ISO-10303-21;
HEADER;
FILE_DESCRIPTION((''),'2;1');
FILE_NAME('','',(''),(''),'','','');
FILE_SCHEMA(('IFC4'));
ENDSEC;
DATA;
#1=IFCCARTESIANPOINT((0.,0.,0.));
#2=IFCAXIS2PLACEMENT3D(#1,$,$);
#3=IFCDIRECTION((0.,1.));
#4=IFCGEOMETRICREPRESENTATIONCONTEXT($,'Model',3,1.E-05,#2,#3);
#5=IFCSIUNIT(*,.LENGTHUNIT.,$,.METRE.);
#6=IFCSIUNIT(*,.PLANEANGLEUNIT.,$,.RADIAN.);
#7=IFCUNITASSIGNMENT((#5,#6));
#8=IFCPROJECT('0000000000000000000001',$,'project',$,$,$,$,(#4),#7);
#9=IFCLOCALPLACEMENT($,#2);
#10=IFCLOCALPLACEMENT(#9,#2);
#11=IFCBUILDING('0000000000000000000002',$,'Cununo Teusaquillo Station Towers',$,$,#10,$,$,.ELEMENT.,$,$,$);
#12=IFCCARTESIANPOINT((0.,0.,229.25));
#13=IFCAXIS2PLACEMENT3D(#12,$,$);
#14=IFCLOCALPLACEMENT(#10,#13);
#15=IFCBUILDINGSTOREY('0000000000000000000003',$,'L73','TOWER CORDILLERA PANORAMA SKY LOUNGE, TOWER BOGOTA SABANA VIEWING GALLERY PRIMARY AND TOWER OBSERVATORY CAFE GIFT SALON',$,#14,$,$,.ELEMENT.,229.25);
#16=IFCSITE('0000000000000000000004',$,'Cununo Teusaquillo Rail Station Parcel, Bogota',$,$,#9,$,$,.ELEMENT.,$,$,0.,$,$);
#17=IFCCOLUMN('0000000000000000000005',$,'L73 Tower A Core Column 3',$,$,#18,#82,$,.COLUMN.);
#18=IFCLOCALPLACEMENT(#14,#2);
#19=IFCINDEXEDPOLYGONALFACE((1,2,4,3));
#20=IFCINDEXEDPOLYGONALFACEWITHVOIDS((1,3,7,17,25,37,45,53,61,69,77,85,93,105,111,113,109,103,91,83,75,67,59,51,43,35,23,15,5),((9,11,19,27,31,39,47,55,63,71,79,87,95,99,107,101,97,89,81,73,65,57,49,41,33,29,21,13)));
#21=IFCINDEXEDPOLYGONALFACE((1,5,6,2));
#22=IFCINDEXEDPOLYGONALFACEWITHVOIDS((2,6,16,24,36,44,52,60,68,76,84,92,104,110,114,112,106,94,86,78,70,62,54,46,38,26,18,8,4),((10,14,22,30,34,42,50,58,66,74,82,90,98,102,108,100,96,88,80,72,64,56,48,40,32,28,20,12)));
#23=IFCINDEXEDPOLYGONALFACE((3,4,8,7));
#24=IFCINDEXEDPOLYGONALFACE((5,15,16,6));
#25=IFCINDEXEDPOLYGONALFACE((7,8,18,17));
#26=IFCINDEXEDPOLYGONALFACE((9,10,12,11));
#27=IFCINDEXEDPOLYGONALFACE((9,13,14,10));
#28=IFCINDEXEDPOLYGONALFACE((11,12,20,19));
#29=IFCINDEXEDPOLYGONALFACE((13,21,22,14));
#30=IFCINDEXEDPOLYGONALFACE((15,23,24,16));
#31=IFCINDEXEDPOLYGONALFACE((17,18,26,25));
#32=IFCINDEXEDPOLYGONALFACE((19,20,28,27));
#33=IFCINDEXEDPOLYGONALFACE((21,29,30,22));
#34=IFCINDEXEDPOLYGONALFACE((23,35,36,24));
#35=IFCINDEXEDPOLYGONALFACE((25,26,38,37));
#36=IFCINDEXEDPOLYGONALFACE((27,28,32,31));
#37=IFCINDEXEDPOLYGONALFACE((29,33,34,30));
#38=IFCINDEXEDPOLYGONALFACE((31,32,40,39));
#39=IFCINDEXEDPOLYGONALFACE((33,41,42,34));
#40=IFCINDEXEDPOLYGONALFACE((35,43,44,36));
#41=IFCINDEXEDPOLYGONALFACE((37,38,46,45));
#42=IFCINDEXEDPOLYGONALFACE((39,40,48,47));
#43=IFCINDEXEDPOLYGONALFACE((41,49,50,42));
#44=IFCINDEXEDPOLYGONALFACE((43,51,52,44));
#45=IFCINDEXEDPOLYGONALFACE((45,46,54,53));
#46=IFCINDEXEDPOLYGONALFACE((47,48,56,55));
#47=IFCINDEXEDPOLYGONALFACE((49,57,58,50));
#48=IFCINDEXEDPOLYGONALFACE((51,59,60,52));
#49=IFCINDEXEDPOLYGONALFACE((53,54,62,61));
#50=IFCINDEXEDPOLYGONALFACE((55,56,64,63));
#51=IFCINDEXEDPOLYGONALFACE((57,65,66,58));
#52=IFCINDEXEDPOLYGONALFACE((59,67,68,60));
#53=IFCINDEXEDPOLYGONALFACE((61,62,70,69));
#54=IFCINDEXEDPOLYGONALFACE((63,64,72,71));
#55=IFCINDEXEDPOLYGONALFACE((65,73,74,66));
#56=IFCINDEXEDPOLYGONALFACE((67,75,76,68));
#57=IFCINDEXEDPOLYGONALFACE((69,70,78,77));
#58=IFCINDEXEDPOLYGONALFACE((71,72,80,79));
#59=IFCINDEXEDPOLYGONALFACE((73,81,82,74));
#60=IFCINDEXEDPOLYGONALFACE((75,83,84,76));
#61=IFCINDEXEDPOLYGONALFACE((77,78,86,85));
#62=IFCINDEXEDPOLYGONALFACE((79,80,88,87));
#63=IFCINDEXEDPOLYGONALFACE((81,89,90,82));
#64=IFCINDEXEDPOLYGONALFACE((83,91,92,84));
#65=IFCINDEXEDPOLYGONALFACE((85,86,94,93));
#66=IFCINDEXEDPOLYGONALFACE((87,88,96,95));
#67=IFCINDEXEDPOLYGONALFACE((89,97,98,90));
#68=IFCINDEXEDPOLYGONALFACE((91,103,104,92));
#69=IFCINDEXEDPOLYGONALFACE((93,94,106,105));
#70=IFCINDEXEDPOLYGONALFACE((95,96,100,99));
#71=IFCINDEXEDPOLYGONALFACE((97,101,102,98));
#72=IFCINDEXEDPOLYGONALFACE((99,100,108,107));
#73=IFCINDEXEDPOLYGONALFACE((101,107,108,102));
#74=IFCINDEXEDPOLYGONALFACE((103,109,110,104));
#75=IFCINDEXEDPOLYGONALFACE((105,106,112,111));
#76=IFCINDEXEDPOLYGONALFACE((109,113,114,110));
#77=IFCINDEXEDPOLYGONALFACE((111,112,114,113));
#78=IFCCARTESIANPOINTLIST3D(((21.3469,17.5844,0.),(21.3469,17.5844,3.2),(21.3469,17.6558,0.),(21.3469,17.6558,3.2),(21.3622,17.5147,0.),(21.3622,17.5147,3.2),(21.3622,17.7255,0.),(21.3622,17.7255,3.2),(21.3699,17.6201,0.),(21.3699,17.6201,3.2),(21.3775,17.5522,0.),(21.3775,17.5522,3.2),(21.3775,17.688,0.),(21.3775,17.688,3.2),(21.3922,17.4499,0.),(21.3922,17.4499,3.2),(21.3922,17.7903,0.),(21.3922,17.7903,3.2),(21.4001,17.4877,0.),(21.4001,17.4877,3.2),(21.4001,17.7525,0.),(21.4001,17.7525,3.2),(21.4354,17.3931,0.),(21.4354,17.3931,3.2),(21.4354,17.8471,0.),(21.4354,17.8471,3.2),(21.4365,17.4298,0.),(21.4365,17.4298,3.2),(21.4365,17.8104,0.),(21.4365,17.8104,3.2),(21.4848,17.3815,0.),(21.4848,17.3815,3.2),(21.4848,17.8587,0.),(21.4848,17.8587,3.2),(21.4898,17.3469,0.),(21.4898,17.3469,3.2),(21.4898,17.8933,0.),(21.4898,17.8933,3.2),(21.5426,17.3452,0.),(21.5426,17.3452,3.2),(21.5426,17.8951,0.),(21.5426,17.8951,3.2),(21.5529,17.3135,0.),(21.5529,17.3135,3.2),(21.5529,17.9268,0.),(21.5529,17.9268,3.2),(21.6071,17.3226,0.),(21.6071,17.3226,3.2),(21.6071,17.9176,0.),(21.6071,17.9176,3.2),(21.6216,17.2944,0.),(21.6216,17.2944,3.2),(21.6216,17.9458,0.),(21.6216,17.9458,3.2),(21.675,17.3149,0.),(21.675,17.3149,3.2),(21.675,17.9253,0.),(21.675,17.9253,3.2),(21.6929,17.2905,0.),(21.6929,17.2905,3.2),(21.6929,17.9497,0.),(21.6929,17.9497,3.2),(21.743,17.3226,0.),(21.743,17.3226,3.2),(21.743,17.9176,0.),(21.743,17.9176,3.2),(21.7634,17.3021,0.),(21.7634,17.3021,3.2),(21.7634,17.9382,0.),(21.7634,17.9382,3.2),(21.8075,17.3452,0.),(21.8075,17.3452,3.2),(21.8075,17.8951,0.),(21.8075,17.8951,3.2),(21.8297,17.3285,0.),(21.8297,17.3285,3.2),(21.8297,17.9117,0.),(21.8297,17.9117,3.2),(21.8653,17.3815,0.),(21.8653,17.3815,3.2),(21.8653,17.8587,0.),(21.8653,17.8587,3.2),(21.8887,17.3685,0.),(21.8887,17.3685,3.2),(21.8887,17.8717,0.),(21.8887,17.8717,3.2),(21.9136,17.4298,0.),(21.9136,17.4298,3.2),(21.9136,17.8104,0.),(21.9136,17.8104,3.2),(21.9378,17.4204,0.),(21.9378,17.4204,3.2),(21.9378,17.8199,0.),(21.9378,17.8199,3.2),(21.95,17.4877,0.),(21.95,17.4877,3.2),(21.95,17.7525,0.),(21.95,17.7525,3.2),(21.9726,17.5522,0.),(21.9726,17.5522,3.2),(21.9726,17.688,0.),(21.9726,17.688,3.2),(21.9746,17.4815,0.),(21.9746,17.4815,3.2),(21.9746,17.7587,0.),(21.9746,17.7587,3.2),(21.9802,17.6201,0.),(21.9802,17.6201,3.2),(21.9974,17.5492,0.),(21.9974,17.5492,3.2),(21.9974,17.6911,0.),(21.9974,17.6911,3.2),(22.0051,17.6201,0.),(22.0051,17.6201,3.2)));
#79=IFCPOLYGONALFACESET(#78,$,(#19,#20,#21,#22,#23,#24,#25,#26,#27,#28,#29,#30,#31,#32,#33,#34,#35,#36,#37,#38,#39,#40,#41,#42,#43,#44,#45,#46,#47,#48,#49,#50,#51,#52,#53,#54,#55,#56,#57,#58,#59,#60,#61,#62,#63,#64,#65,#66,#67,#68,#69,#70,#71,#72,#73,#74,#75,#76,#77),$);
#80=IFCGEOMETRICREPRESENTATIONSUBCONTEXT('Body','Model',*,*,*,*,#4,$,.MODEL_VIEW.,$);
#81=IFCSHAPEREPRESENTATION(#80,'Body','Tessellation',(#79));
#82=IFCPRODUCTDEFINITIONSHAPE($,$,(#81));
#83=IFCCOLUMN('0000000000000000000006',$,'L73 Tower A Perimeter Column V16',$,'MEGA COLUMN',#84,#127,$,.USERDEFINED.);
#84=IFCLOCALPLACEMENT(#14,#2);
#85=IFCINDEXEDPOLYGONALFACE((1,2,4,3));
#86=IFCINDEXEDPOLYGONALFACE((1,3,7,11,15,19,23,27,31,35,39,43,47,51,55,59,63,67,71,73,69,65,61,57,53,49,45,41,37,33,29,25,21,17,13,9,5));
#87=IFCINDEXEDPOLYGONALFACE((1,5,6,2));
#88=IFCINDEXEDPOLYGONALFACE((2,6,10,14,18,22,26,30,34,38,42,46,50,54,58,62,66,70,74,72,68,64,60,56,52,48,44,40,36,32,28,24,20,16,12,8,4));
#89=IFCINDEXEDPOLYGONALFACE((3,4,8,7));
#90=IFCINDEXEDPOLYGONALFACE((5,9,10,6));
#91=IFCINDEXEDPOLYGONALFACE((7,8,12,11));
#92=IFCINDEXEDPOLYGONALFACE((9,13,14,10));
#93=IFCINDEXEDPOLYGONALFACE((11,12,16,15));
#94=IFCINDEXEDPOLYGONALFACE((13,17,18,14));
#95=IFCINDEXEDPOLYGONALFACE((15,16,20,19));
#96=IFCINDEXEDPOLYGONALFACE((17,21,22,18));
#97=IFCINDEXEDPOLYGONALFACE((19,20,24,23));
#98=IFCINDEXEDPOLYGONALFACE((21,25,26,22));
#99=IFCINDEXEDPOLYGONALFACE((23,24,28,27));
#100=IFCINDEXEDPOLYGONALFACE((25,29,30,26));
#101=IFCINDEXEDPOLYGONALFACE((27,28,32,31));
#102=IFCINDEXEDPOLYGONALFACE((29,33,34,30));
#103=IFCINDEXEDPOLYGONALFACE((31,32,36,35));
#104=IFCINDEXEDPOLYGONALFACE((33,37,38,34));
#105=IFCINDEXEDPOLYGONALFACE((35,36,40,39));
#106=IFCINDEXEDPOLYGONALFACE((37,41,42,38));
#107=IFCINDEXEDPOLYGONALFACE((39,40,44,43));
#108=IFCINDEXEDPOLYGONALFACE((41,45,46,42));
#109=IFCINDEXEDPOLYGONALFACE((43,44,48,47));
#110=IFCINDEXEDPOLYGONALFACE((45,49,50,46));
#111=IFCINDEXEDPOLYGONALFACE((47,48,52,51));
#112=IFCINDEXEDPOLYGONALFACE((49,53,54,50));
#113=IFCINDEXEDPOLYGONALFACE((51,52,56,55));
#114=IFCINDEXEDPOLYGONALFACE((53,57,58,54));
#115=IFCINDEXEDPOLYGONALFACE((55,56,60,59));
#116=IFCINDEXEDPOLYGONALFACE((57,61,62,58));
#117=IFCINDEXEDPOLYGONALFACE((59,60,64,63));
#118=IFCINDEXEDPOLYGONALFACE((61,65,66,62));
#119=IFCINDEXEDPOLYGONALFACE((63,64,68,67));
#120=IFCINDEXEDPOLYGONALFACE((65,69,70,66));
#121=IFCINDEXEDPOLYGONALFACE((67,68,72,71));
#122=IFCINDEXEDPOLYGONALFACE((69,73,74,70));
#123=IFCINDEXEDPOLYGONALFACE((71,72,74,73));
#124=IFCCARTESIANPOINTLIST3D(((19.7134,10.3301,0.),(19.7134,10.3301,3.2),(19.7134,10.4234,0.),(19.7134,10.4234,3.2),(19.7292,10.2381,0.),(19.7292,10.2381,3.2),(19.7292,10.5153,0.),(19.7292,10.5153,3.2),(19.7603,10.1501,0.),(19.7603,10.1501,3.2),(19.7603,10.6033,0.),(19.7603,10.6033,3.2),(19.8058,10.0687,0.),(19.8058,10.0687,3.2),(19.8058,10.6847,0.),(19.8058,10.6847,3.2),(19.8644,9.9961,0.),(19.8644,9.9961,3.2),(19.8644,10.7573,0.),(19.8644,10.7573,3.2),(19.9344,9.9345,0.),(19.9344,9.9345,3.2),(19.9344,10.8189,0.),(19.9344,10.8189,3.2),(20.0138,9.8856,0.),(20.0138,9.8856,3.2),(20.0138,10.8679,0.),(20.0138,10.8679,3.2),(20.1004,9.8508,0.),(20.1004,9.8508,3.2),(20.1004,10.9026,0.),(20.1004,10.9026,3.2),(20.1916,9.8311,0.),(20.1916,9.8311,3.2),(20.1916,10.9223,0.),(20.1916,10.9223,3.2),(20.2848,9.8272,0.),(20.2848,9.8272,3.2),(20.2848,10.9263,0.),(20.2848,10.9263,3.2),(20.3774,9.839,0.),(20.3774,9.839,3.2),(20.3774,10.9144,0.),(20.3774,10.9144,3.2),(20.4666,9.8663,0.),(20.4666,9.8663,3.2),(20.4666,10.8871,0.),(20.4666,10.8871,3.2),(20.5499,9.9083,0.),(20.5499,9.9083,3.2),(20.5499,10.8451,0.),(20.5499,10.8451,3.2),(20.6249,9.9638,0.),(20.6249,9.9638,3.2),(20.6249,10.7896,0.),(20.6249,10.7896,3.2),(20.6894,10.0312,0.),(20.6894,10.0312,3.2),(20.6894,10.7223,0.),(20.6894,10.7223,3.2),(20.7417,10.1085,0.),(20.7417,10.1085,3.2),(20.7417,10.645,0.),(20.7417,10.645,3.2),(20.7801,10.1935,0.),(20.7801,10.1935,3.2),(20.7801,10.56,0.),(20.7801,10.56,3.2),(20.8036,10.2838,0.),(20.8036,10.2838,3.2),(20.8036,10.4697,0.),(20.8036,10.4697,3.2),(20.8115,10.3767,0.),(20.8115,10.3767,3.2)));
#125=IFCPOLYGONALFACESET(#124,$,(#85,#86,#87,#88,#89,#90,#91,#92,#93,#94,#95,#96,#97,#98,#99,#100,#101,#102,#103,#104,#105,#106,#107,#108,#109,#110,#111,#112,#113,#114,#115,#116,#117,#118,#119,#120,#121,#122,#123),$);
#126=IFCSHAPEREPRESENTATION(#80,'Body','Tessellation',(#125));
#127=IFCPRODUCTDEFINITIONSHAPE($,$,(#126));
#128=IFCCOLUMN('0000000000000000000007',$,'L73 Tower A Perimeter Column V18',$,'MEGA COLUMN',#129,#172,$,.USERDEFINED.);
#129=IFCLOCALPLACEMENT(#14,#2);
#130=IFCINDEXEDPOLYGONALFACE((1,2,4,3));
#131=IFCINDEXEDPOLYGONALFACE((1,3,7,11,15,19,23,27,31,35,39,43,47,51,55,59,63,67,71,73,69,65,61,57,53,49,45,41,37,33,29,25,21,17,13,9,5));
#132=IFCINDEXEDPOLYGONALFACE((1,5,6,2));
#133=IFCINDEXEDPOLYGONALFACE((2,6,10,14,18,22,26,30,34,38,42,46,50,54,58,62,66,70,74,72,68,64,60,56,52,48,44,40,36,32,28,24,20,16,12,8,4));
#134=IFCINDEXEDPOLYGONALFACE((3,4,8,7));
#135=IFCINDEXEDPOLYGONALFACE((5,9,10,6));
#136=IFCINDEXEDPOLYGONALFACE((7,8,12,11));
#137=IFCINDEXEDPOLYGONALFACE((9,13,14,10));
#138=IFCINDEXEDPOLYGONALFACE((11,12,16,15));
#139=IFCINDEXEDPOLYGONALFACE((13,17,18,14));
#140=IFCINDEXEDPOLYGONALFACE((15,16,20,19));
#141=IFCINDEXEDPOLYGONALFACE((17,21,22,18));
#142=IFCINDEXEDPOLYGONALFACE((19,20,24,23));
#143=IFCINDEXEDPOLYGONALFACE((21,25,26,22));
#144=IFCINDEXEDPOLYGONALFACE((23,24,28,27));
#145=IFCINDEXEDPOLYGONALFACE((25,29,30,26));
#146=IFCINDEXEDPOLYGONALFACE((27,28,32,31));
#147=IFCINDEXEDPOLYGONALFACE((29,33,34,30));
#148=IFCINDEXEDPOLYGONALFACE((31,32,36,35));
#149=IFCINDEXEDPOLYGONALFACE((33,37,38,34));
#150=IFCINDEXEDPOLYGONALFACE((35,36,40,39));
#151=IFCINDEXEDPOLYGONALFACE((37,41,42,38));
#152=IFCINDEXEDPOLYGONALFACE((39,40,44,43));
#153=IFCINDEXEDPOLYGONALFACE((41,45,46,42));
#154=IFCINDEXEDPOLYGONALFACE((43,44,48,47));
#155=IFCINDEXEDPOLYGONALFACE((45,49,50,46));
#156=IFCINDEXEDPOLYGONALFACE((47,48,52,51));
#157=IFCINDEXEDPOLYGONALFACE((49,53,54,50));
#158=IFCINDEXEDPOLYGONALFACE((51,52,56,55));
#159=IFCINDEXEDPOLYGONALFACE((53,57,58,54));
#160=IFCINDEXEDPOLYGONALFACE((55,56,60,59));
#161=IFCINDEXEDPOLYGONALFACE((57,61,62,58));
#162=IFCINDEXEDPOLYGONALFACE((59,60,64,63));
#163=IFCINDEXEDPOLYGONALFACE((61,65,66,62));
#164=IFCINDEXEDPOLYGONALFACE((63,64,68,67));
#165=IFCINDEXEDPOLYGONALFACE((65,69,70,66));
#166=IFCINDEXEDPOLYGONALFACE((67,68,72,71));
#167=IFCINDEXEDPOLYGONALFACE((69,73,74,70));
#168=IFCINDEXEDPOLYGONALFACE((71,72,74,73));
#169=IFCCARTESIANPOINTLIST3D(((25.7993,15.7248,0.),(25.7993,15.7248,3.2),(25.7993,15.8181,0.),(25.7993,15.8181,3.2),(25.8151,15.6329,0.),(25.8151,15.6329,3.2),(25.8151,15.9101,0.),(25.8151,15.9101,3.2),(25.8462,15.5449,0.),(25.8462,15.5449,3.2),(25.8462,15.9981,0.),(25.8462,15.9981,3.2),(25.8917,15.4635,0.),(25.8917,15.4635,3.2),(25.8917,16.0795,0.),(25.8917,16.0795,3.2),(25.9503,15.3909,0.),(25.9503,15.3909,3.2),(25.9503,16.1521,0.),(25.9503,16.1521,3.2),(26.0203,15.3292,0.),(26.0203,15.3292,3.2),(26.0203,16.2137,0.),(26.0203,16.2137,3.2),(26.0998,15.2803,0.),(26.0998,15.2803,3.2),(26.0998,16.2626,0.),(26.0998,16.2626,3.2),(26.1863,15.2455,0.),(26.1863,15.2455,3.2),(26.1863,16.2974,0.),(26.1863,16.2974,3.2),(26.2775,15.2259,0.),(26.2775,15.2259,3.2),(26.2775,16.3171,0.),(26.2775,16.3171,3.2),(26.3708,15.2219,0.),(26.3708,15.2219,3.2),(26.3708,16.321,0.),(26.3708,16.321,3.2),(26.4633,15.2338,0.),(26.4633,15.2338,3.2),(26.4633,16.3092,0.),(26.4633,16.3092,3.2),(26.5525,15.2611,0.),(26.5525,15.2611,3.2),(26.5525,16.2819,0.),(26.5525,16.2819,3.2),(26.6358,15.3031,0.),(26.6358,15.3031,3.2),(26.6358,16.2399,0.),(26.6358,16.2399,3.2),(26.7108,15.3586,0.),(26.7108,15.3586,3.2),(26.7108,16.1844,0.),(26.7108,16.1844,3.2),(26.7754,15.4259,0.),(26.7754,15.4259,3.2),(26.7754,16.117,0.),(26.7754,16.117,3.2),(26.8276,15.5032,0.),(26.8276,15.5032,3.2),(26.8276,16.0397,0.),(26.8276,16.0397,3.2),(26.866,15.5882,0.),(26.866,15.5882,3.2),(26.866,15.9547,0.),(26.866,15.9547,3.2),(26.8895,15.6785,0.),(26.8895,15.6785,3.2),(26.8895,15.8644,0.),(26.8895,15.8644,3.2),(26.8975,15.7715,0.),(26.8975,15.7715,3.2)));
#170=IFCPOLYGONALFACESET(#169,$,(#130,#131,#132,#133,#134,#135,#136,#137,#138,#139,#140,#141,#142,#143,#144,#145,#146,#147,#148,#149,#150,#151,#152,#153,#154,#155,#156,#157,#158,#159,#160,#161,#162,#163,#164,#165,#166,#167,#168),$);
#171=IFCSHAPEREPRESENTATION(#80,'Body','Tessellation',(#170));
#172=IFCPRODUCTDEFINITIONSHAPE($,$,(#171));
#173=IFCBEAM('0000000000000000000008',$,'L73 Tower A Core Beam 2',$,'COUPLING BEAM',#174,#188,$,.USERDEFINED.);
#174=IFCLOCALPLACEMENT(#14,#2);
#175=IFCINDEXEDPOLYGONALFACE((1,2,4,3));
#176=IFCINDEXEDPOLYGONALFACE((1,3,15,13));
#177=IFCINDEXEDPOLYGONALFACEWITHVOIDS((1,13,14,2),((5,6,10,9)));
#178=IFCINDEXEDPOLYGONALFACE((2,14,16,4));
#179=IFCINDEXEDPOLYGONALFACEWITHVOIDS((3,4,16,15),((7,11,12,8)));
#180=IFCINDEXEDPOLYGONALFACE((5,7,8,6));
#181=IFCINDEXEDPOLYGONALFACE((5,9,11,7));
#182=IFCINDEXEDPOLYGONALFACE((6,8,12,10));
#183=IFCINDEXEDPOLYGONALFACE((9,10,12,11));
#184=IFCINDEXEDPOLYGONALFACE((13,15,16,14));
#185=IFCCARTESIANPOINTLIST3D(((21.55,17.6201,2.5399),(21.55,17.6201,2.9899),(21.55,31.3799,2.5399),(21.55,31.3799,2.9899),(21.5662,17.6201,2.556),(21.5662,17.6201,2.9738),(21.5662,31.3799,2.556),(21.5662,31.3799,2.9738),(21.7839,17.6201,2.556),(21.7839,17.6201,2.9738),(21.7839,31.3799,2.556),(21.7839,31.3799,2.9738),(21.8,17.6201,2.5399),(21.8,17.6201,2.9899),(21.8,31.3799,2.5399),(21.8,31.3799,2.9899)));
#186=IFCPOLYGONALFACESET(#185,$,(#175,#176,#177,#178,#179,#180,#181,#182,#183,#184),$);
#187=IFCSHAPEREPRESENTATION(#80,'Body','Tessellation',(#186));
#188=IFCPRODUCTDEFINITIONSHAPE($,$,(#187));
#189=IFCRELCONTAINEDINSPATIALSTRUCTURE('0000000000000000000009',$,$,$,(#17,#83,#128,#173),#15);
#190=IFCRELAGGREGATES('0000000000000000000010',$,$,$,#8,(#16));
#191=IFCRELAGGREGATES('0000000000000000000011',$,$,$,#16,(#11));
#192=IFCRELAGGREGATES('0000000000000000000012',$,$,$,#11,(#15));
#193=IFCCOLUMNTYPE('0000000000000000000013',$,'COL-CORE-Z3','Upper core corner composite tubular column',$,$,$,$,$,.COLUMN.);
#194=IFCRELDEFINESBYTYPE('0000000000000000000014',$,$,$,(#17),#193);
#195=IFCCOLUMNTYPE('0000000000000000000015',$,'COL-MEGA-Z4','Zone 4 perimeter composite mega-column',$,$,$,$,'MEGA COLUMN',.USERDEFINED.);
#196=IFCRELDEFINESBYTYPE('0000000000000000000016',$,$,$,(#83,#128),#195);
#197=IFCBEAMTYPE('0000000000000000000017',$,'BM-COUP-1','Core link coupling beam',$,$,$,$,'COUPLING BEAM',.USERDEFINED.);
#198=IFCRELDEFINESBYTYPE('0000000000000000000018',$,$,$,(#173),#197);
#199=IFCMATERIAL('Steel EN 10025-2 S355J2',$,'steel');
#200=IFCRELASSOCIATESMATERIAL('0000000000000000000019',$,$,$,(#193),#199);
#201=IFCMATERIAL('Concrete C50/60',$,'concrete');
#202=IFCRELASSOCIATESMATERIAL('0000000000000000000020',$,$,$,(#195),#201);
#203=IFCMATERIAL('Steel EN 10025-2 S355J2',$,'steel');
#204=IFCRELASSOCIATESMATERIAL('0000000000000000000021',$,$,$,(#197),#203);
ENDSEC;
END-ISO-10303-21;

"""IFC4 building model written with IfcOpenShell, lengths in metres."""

from ifc_helpers import new_model, si_unit, direction, frame, origin, origin_2d, place, context, subcontext, project, spatial, hollow_rectangle, circle, hollow_circle, extrude, material, material_profile, profile_set, type_object, element, save


model = new_model("IFC4")

# Units and contexts
model_context = context("Model", 3, precision=1e-05, world=origin(), true_north=direction((0.0, 1.0)))
body_context = subcontext(model_context, "Body", "Model", "MODEL_VIEW")
ifc_project = project(units=[si_unit("LENGTHUNIT", "METRE"), si_unit("PLANEANGLEUNIT", "RADIAN")], contexts=[model_context])

# Site, building, storey
site_placement = place(None, origin())
site = spatial("IfcSite", under=ifc_project, at=site_placement, Name="Cununo Teusaquillo Rail Station Parcel, Bogota", CompositionType="ELEMENT", RefElevation=0.0)
building_placement = place(site_placement, origin())
building = spatial("IfcBuilding", under=site, at=building_placement, Name="Cununo Teusaquillo Station Towers", CompositionType="ELEMENT")
storey_placement = place(building_placement, frame((0.0, 0.0, 229.25)))
storey = spatial("IfcBuildingStorey", under=building, at=storey_placement, Name="L73", Description="TOWER CORDILLERA PANORAMA SKY LOUNGE, TOWER BOGOTA SABANA VIEWING GALLERY PRIMARY AND TOWER OBSERVATORY CAFE GIFT SALON", CompositionType="ELEMENT", Elevation=229.25)

# Columns
ifc_material_1 = material(Name="Steel EN 10025-2 S355J2", Category="steel")
ifc_material_profile_1 = material_profile(ifc_material_1, hollow_circle(Radius=0.3301, WallThickness=0.0249, at=origin_2d()), Name="CHS 660x25")
ifc_profile_set_1 = profile_set([ifc_material_profile_1], Name="Steel EN 10025-2 S355J2")
column_type_1 = type_object("IfcColumnType", Name="COL-CORE-Z3", Description="Upper core corner composite tubular column", PredefinedType="COLUMN", material=ifc_profile_set_1)
column_placement = place(storey_placement, frame((21.675, 17.6201, 0.0), z_axis=(0.0, 0.0, 1.0), x_axis=(1.0, 0.0, 0.0)))
element("IfcColumn", 1, at=column_placement, inside=storey, type_object=column_type_1, Name="L73 Tower A Core Column 3", PredefinedType="COLUMN", context=body_context, shape_type="SweptSolid", body=[
    extrude(hollow_circle(Radius=0.3301, WallThickness=0.0249, at=origin_2d()), origin(), (0.0, 0.0, 1.0), 3.2),
])
ifc_material_2 = material(Name="Concrete C50/60", Category="concrete")
ifc_material_profile_2 = material_profile(ifc_material_2, circle(Radius=0.55, at=origin_2d()), Name="RC-CIRC-1100")
ifc_profile_set_2 = profile_set([ifc_material_profile_2], Name="Concrete C50/60")
column_type_2 = type_object("IfcColumnType", Name="COL-MEGA-Z4", Description="Zone 4 perimeter composite mega-column", ElementType="MEGA COLUMN", PredefinedType="USERDEFINED", material=ifc_profile_set_2)
for number, where, z_axis, x_axis, name in (
    (2, (20.2615, 10.3767, 0.0), (0.0, 0.0, 1.0), (1.0, 0.0, 0.0), "L73 Tower A Perimeter Column V16"),
    (3, (26.3474, 15.7715, 0.0), (0.0, 0.0, 1.0), (1.0, 0.0, 0.0), "L73 Tower A Perimeter Column V18"),
):
    element("IfcColumn", number, at=place(storey_placement, frame(where, z_axis=z_axis, x_axis=x_axis)), inside=storey, type_object=column_type_2, Name=name, ObjectType="MEGA COLUMN", PredefinedType="USERDEFINED", context=body_context, shape_type="SweptSolid", body=[
        extrude(circle(Radius=0.55, at=origin_2d()), origin(), (0.0, 0.0, 1.0), 3.2),
    ])

# Beam
ifc_material_3 = material(Name="Steel EN 10025-2 S355J2", Category="steel")
ifc_material_profile_3 = material_profile(ifc_material_3, hollow_rectangle(XDim=0.25, YDim=0.45, WallThickness=0.0161, at=origin_2d()), Name="RHS 450x250x16")
ifc_profile_set_3 = profile_set([ifc_material_profile_3], Name="Steel EN 10025-2 S355J2")
beam_type_1 = type_object("IfcBeamType", Name="BM-COUP-1", Description="Core link coupling beam", ElementType="COUPLING BEAM", PredefinedType="USERDEFINED", material=ifc_profile_set_3)
beam_1_placement = place(storey_placement, frame((21.675, 17.6201, 2.7649), z_axis=(0.0, 1.0, 0.0), x_axis=(-1.0, 0.0, 0.0)))
element("IfcBeam", 4, at=beam_1_placement, inside=storey, type_object=beam_type_1, Name="L73 Tower A Core Beam 2", ObjectType="COUPLING BEAM", PredefinedType="USERDEFINED", context=body_context, shape_type="SweptSolid", body=[
    extrude(hollow_rectangle(XDim=0.25, YDim=0.45, WallThickness=0.0161, at=origin_2d()), origin(), (0.0, 0.0, 1.0), 13.7598),
])

save(model, "model.ifc")
